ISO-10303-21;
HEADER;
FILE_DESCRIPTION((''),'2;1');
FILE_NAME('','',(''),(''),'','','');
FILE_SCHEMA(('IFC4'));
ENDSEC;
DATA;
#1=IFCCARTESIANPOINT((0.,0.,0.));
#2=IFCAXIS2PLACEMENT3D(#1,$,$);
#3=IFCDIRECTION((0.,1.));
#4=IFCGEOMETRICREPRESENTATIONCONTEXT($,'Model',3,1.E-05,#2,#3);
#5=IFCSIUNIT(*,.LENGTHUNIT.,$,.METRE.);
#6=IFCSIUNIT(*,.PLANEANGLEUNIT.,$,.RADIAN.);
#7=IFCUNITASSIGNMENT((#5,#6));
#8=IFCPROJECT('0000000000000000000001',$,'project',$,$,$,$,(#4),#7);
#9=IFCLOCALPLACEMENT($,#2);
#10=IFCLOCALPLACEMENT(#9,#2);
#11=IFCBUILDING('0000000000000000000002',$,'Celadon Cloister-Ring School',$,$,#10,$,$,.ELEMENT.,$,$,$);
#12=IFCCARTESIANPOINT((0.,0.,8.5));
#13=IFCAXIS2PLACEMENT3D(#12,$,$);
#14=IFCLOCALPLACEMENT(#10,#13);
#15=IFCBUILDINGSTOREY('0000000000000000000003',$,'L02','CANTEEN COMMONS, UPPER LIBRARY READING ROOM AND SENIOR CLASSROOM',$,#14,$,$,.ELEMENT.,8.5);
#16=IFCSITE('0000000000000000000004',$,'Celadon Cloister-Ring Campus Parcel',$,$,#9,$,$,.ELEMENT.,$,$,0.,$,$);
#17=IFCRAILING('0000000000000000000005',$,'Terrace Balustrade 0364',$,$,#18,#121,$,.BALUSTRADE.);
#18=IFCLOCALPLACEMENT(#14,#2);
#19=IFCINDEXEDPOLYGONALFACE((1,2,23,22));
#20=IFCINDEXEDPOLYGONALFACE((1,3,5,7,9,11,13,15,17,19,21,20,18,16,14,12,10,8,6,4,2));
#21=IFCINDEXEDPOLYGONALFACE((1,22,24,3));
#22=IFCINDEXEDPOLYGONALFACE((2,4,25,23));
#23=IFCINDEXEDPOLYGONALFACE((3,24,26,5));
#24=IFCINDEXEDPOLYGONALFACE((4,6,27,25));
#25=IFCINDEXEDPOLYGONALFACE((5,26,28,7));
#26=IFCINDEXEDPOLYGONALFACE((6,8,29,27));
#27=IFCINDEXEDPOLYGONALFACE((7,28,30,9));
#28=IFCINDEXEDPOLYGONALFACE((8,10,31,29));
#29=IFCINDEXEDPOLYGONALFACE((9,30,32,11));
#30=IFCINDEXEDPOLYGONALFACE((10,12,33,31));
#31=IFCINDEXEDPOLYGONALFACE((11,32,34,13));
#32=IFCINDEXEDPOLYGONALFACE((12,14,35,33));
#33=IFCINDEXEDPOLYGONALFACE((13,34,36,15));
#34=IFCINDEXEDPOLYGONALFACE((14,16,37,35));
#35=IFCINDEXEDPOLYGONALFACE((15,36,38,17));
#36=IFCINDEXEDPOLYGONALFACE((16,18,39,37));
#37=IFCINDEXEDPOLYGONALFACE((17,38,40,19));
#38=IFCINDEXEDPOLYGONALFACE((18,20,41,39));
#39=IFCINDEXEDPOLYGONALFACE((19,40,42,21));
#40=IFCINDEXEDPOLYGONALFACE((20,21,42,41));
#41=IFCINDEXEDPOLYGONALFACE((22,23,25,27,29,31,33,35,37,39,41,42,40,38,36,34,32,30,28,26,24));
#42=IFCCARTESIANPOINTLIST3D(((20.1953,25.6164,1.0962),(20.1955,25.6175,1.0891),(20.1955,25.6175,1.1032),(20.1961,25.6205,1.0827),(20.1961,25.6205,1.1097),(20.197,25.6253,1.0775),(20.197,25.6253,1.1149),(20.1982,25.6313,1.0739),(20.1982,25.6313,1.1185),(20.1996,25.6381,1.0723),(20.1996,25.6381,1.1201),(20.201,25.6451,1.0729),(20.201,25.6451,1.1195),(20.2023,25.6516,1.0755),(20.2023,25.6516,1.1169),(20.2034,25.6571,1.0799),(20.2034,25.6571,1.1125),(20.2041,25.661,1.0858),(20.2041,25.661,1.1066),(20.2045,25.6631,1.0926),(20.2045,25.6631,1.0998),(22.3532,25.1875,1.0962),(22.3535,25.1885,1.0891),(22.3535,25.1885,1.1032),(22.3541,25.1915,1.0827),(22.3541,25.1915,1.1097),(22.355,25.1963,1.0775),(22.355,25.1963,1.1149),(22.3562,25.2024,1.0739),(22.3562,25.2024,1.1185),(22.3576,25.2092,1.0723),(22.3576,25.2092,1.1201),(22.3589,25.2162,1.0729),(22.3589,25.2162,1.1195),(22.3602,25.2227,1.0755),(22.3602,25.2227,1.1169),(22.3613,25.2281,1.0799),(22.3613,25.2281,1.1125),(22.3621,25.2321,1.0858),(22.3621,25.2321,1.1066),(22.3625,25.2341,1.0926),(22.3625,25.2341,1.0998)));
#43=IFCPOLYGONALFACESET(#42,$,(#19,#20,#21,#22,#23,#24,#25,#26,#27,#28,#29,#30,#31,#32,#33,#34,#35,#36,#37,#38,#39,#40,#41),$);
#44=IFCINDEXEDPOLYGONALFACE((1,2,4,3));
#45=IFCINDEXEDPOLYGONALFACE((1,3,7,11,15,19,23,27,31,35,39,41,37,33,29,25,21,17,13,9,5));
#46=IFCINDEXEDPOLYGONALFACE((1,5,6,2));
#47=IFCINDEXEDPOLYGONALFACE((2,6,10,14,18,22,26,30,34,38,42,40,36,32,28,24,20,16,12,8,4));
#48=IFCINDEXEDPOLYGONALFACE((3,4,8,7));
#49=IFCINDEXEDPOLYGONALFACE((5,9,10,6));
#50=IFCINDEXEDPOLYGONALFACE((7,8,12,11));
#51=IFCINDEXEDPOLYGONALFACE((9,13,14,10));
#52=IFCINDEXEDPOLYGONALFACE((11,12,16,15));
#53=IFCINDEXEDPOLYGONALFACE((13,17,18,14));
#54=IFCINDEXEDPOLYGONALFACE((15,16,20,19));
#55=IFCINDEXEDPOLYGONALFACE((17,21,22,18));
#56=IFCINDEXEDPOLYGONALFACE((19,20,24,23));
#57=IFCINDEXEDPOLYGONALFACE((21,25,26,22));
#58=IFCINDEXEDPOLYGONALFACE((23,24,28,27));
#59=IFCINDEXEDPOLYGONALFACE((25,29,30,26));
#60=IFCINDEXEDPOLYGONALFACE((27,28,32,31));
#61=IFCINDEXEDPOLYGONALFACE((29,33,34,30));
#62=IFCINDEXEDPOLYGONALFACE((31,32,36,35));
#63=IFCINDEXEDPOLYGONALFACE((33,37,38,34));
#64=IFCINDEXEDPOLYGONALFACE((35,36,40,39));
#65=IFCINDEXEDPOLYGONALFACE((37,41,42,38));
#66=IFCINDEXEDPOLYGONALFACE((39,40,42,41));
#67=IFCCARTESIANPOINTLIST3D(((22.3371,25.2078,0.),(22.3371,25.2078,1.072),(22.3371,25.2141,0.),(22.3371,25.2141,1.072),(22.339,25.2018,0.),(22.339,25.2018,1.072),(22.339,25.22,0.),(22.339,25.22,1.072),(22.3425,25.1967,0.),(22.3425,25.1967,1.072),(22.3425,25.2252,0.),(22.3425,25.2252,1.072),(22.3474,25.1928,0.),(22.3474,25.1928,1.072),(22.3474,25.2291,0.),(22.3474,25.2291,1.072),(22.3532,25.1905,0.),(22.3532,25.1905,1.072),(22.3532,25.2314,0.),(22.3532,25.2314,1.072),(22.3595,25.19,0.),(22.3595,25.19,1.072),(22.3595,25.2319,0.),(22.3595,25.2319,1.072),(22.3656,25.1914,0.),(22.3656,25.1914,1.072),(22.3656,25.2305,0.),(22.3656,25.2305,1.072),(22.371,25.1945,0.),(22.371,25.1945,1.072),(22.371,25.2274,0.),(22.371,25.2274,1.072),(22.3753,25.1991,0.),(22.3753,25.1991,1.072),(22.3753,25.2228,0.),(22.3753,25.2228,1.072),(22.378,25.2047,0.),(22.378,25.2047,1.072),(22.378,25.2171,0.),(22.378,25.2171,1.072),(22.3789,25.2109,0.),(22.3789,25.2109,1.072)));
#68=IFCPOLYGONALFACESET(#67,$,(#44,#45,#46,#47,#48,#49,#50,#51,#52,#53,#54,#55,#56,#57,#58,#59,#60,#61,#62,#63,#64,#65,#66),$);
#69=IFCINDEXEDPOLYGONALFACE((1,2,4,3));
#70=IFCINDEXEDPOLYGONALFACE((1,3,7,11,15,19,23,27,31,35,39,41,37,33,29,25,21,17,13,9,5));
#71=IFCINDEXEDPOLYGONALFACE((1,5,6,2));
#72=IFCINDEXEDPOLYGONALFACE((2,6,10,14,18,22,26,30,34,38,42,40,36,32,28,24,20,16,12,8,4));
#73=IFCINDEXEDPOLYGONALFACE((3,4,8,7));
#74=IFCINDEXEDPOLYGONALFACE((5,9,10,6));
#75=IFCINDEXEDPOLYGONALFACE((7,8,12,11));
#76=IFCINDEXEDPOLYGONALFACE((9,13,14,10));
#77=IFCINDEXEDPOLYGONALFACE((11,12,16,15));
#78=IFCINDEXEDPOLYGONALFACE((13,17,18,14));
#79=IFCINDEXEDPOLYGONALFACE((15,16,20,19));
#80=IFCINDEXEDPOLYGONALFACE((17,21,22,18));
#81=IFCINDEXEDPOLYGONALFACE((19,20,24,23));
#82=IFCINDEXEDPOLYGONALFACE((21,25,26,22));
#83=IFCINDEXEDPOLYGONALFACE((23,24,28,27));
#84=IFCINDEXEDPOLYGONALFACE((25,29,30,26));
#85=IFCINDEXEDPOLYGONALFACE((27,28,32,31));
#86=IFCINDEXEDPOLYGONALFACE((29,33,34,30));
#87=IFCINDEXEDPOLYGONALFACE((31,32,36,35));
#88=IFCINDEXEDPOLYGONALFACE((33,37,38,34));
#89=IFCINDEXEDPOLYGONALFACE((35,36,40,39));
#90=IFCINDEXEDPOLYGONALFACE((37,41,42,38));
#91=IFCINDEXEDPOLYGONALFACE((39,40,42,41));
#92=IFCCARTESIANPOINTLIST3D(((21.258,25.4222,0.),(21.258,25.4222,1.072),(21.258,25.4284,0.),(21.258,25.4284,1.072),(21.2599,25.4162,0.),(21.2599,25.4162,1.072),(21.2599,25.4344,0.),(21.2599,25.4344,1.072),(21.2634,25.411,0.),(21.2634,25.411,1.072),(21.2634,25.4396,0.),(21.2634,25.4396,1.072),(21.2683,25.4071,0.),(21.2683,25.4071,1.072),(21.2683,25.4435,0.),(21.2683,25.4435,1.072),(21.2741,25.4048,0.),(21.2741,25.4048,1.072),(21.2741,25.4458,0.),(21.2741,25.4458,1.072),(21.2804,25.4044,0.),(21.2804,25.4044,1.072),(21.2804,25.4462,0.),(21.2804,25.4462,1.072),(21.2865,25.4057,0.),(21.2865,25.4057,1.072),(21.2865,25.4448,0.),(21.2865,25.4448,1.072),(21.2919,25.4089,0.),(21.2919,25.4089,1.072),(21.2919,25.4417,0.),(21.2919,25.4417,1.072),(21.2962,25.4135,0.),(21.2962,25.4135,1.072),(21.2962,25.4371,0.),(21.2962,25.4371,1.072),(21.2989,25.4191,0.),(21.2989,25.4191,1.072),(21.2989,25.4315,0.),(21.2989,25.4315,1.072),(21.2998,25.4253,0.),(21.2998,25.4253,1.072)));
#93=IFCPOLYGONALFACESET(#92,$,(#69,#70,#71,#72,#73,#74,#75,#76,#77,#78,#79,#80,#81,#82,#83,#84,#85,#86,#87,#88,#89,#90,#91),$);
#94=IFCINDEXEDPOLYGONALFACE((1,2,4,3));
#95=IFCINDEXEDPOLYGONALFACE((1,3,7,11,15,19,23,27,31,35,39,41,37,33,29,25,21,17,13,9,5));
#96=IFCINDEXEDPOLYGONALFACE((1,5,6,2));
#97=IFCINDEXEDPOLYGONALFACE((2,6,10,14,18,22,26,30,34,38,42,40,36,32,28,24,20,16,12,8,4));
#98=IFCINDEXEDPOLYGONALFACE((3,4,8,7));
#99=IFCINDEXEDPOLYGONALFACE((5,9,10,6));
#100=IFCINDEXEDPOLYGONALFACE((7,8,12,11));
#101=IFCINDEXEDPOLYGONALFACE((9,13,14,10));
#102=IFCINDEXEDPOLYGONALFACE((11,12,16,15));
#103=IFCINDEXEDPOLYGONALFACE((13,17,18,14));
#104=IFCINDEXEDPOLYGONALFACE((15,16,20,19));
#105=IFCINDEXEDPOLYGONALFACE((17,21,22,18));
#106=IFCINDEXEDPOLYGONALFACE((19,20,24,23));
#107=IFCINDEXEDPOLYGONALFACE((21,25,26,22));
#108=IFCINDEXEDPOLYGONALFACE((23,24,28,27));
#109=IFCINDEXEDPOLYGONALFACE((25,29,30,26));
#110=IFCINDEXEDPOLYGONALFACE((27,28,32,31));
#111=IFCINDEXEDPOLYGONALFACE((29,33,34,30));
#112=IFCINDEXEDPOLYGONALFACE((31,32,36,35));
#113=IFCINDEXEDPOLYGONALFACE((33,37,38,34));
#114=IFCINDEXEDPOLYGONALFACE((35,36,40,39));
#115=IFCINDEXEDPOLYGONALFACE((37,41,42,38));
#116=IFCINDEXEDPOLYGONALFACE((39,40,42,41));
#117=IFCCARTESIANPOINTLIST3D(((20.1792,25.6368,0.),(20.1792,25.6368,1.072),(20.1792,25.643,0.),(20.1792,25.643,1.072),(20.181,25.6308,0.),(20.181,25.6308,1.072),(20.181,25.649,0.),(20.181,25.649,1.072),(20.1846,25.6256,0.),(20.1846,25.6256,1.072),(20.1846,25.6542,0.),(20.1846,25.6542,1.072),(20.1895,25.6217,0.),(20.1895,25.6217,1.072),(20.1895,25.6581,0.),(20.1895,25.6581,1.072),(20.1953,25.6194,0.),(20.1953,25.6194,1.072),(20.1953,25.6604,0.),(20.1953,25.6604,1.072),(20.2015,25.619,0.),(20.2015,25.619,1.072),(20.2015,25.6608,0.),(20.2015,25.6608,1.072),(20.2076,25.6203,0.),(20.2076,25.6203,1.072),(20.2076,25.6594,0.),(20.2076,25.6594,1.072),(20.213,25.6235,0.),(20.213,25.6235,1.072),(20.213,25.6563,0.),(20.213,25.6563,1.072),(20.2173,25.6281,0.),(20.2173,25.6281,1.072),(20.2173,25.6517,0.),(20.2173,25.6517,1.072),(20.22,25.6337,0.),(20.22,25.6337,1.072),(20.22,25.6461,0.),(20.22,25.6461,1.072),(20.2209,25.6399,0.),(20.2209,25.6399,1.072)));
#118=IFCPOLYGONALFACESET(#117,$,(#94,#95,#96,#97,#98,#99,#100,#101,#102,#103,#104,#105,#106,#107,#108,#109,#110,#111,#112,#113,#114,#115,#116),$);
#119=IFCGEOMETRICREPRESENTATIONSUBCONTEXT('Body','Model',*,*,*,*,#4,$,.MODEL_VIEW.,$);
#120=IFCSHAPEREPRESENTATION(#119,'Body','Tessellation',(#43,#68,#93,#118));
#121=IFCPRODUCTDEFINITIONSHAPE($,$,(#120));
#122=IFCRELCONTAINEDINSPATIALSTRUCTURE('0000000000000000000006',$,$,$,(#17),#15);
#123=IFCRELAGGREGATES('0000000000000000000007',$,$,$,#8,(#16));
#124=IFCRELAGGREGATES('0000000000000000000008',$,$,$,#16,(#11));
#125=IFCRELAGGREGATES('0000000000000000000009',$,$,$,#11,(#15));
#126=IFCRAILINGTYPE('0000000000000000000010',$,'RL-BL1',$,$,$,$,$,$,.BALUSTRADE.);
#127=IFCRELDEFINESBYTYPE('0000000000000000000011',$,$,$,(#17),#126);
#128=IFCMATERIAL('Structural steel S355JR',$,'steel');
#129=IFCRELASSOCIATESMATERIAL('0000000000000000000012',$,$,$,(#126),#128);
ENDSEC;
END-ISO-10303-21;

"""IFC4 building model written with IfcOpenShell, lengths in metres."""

from ifc_helpers import new_model, si_unit, direction, frame, origin, origin_2d, place, context, subcontext, project, spatial, circle, extrude, material, type_object, element, save


model = new_model("IFC4")

# Units and contexts
model_context = context("Model", 3, precision=1e-05, world=origin(), true_north=direction((0.0, 1.0)))
body_context = subcontext(model_context, "Body", "Model", "MODEL_VIEW")
ifc_project = project(units=[si_unit("LENGTHUNIT", "METRE"), si_unit("PLANEANGLEUNIT", "RADIAN")], contexts=[model_context])

# Site, building, storey
site_placement = place(None, origin())
site = spatial("IfcSite", under=ifc_project, at=site_placement, Name="Celadon Cloister-Ring Campus Parcel", CompositionType="ELEMENT", RefElevation=0.0)
building_placement = place(site_placement, origin())
building = spatial("IfcBuilding", under=site, at=building_placement, Name="Celadon Cloister-Ring School", CompositionType="ELEMENT")
storey_placement = place(building_placement, frame((0.0, 0.0, 8.5)))
storey = spatial("IfcBuildingStorey", under=building, at=storey_placement, Name="L02", Description="CANTEEN COMMONS, UPPER LIBRARY READING ROOM AND SENIOR CLASSROOM", CompositionType="ELEMENT", Elevation=8.5)

# Railing
ifc_material_1 = material(Name="Structural steel S355JR", Category="steel")
railing_type = type_object("IfcRailingType", Name="RL-BL1", PredefinedType="BALUSTRADE", material=ifc_material_1)
railing_1_placement = place(storey_placement, frame((22.3579, 25.2109, 0.0)))
element("IfcRailing", 1, at=railing_1_placement, inside=storey, type_object=railing_type, Name="Terrace Balustrade 0364", PredefinedType="BALUSTRADE", context=body_context, shape_type="SweptSolid", body=[
    extrude(circle(Radius=0.0239, at=origin_2d()), frame((0.0, 0.0, 1.0962), z_axis=(-0.98081, 0.194964, 0.0), x_axis=(-0.194964, -0.98081, 0.0)), (0.0, 0.0, 1.0), 2.2002),
    extrude(circle(Radius=0.021, at=origin_2d()), origin(), (0.0, 0.0, 1.0), 1.072),
    extrude(circle(Radius=0.021, at=origin_2d()), frame((-1.0791, 0.2144, 0.0)), (0.0, 0.0, 1.0), 1.072),
    extrude(circle(Radius=0.021, at=origin_2d()), frame((-2.158, 0.429, 0.0)), (0.0, 0.0, 1.0), 1.072),
])

save(model, "model.ifc")
